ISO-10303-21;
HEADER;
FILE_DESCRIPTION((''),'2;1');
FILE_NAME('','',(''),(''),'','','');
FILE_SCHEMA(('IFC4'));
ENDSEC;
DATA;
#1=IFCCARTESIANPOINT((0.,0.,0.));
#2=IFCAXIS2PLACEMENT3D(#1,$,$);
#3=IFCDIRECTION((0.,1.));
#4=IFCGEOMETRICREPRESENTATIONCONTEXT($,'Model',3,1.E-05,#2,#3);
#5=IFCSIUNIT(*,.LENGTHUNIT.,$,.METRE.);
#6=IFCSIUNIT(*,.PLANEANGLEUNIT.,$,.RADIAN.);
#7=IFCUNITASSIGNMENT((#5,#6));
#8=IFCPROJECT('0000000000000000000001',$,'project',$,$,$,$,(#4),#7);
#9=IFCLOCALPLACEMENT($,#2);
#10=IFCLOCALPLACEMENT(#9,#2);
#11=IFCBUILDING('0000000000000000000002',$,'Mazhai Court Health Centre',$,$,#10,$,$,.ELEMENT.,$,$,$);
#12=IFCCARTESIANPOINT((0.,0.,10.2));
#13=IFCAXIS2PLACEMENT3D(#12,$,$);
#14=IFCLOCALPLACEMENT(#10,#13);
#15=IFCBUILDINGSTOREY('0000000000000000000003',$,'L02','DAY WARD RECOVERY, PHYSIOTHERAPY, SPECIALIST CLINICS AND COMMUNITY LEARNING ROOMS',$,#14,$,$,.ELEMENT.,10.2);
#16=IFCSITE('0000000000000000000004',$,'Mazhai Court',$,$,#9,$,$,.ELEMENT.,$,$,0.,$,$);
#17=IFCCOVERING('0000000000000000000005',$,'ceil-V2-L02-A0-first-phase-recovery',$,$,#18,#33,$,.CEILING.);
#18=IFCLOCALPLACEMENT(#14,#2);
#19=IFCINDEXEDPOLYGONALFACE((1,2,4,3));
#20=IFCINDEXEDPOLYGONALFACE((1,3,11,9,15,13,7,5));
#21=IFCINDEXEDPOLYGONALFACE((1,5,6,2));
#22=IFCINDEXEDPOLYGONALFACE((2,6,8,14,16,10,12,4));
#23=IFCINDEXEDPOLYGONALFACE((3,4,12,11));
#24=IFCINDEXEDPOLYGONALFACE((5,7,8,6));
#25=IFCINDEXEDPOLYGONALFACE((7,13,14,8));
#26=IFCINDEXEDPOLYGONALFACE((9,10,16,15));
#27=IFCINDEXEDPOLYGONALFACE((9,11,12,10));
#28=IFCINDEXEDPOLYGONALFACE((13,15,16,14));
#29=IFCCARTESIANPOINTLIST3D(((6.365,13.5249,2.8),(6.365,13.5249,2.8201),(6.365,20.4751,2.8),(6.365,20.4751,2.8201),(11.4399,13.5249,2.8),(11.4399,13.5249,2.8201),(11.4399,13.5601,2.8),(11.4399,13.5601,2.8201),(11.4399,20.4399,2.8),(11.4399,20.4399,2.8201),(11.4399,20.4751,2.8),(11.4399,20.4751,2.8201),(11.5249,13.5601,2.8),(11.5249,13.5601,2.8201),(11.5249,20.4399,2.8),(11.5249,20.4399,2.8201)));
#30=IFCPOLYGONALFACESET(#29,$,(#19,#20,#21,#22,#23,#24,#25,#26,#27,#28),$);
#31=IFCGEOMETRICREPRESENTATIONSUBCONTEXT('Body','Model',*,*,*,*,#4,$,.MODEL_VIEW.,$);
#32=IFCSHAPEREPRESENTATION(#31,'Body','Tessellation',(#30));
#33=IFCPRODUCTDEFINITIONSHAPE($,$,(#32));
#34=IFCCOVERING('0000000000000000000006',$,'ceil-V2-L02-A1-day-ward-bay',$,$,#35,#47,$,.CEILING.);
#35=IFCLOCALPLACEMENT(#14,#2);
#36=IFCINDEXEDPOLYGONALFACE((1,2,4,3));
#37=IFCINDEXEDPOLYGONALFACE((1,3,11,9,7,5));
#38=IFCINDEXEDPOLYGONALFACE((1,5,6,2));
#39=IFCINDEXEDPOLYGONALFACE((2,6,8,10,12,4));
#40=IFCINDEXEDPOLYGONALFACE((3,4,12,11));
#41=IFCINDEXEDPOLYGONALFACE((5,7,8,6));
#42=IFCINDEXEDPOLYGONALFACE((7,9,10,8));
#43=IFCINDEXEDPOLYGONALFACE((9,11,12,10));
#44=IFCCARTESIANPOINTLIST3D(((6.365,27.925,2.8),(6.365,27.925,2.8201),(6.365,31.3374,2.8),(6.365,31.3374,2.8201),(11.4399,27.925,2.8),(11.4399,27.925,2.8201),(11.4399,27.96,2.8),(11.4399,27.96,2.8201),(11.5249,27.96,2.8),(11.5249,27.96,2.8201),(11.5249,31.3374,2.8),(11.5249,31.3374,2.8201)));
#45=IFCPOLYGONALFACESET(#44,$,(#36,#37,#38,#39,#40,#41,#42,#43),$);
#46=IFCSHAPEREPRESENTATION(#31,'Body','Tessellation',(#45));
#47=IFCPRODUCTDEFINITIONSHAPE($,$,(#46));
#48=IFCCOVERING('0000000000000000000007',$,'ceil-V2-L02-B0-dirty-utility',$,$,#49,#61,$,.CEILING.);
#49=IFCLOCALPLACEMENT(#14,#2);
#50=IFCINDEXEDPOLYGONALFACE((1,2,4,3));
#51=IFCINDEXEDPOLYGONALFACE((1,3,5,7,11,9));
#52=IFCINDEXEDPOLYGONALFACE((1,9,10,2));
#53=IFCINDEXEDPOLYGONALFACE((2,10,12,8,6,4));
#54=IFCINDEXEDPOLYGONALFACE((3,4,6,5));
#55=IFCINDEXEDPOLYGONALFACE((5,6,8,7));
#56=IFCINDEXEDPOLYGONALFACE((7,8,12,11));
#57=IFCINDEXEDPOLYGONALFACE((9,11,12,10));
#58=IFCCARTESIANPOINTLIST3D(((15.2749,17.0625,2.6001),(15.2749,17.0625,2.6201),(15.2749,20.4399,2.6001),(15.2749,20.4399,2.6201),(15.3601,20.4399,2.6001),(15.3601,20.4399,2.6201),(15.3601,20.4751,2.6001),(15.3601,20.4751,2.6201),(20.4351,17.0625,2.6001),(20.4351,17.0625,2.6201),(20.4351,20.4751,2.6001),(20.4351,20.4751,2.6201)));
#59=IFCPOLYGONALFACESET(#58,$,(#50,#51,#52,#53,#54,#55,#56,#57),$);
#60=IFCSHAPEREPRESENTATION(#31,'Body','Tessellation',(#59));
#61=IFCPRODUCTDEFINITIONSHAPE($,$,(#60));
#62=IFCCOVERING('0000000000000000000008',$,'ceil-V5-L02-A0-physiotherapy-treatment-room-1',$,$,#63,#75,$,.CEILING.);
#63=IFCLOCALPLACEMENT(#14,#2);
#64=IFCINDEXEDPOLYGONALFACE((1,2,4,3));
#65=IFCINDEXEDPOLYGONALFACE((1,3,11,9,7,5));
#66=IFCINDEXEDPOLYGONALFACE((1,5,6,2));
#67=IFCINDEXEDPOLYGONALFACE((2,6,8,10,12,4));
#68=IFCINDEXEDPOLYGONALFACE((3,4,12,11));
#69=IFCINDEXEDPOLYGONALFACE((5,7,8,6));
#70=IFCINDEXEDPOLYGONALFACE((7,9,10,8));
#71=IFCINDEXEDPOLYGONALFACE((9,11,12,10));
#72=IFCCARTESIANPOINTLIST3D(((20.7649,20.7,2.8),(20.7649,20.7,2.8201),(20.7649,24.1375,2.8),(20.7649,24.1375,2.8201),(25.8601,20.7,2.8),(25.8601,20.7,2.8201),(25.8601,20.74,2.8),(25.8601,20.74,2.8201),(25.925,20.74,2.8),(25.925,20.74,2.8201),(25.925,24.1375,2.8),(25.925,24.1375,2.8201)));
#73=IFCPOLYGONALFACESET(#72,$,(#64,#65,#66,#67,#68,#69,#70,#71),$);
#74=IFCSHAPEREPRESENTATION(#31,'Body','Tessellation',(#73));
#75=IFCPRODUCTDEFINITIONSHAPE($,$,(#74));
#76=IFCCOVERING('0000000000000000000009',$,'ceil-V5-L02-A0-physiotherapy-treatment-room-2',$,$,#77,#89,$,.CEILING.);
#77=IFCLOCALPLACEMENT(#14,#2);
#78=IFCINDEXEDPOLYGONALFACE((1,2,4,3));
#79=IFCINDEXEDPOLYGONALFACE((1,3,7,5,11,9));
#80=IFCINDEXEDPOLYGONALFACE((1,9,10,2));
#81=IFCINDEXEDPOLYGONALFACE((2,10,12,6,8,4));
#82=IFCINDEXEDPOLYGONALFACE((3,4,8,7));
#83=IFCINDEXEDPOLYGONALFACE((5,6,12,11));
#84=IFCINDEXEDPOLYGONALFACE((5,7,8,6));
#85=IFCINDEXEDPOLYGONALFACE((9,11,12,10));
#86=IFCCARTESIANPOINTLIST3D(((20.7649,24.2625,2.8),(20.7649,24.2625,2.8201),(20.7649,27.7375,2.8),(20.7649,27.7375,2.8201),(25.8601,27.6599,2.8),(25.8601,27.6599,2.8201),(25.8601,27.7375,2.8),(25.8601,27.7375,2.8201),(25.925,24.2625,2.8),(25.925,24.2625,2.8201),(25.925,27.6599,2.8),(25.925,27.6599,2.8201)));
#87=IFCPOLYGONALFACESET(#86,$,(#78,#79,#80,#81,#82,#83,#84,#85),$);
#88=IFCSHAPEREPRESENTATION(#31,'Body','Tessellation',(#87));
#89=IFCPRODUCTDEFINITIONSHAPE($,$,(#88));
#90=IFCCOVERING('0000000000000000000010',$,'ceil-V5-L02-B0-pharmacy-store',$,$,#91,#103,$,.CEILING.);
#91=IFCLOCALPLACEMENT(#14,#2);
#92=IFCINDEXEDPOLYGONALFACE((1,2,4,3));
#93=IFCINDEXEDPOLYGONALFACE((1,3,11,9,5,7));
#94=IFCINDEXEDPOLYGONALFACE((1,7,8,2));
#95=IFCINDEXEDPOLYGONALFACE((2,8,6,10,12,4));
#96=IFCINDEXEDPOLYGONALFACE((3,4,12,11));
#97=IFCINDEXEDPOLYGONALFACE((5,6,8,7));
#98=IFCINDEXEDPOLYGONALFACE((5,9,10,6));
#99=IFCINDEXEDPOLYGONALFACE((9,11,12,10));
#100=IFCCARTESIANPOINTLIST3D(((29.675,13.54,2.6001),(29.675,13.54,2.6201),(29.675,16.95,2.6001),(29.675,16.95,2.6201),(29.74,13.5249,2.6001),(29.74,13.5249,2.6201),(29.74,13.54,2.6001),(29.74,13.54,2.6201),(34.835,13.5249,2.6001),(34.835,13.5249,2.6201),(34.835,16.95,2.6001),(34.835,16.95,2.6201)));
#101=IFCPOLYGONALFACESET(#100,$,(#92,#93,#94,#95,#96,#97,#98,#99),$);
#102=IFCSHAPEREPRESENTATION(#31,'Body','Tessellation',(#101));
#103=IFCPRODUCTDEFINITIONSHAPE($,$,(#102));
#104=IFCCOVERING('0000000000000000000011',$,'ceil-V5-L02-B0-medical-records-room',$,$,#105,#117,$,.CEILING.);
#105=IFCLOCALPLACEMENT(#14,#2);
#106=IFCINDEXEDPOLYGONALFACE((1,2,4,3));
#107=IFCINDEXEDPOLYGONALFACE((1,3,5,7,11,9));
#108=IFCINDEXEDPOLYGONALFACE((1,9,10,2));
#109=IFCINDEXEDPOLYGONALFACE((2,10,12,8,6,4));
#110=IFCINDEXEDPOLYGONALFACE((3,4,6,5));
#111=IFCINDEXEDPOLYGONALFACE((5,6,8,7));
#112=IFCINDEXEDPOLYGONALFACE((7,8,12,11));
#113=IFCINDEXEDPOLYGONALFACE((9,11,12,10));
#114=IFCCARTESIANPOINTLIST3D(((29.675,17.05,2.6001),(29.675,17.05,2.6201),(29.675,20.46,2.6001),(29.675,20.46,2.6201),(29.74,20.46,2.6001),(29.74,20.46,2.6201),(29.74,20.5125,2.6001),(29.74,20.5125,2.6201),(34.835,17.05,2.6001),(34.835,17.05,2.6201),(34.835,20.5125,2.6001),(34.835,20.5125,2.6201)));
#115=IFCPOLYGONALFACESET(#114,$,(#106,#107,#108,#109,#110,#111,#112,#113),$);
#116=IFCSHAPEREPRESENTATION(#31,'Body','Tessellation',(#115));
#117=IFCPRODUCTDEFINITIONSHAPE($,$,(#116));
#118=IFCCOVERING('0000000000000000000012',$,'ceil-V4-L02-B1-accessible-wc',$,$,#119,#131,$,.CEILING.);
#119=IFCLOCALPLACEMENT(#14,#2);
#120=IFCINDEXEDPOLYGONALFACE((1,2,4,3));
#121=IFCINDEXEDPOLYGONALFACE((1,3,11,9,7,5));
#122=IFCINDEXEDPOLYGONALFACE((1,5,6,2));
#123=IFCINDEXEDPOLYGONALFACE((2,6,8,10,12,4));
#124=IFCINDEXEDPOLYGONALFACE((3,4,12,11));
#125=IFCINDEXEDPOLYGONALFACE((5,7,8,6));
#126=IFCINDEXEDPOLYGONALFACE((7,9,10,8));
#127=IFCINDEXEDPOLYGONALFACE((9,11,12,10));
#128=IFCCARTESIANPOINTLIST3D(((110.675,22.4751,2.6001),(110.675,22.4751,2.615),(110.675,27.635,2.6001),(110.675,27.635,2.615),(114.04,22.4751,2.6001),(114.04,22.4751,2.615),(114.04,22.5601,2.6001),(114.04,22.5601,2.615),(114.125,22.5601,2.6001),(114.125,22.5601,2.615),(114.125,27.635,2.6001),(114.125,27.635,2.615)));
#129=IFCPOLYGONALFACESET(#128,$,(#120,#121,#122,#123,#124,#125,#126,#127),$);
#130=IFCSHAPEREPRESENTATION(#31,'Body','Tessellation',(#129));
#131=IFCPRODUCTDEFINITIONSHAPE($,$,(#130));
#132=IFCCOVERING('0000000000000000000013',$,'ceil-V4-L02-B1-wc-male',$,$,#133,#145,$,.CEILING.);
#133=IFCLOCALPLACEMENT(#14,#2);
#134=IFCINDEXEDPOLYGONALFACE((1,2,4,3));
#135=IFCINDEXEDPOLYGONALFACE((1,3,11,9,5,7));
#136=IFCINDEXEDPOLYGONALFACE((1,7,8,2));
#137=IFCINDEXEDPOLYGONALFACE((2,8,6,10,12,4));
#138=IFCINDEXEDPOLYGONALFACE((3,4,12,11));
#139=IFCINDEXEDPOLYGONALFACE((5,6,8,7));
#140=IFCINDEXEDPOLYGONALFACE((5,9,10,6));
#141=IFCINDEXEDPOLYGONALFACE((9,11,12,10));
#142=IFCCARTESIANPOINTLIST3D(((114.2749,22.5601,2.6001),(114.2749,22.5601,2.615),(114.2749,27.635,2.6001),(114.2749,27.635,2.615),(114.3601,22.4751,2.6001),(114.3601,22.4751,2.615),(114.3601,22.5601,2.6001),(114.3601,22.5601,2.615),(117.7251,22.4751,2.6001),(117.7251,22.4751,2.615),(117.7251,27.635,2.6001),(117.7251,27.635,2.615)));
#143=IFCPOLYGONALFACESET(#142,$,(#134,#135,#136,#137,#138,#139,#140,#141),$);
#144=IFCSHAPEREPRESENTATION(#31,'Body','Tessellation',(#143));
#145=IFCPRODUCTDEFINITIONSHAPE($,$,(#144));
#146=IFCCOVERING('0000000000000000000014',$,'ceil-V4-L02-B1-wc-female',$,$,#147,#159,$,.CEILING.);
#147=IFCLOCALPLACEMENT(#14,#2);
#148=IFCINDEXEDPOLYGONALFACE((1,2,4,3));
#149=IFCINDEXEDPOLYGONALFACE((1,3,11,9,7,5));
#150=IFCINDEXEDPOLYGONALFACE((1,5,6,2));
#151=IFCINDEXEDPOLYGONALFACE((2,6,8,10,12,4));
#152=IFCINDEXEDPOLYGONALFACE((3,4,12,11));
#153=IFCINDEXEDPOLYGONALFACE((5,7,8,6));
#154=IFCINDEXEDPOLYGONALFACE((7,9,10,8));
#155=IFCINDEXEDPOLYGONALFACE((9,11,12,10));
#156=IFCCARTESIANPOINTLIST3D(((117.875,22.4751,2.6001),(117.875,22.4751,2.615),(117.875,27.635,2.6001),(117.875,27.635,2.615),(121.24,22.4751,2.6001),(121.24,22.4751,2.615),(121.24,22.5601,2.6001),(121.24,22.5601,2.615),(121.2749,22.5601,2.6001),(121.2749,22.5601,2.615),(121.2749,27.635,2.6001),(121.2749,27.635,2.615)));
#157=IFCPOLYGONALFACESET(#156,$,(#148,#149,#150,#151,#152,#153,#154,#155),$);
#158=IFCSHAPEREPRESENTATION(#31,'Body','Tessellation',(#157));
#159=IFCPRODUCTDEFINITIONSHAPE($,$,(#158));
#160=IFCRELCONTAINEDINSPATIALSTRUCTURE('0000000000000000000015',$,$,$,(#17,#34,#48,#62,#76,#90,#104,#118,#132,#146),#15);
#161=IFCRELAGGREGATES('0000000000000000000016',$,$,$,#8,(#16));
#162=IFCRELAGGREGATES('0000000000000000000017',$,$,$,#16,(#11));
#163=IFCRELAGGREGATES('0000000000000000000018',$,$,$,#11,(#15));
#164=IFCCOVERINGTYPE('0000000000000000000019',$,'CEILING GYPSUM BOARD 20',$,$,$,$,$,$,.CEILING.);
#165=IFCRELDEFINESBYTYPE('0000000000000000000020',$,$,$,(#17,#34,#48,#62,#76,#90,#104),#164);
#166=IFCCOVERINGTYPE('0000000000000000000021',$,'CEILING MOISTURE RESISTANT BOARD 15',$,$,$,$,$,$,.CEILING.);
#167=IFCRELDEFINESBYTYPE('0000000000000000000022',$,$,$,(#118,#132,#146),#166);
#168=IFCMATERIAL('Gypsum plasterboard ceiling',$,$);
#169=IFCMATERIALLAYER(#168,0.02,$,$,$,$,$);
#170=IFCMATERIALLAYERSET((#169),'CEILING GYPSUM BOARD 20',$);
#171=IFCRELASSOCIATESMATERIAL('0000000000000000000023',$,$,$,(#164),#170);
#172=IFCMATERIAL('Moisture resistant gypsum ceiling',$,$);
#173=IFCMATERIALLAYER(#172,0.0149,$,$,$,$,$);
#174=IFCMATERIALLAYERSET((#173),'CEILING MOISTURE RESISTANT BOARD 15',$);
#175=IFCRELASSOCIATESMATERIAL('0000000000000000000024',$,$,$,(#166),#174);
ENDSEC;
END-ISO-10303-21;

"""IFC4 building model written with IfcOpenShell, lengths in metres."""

from ifc_helpers import new_model, si_unit, direction, frame, origin, place, context, subcontext, project, spatial, polyline, outline, extrude, material, layer, layer_set, type_object, element, save


model = new_model("IFC4")

# Units and contexts
model_context = context("Model", 3, precision=1e-05, world=origin(), true_north=direction((0.0, 1.0)))
body_context = subcontext(model_context, "Body", "Model", "MODEL_VIEW")
ifc_project = project(units=[si_unit("LENGTHUNIT", "METRE"), si_unit("PLANEANGLEUNIT", "RADIAN")], contexts=[model_context])

# Site, building, storey
site_placement = place(None, origin())
site = spatial("IfcSite", under=ifc_project, at=site_placement, Name="Mazhai Court", CompositionType="ELEMENT", RefElevation=0.0)
building_placement = place(site_placement, origin())
building = spatial("IfcBuilding", under=site, at=building_placement, Name="Mazhai Court Health Centre", CompositionType="ELEMENT")
storey_placement = place(building_placement, frame((0.0, 0.0, 10.2)))
storey = spatial("IfcBuildingStorey", under=building, at=storey_placement, Name="L02", Description="DAY WARD RECOVERY, PHYSIOTHERAPY, SPECIALIST CLINICS AND COMMUNITY LEARNING ROOMS", CompositionType="ELEMENT", Elevation=10.2)

# Coverings
ifc_material_1 = material(Name="Gypsum plasterboard ceiling")
ifc_layer_1 = layer(ifc_material_1, 0.02)
ifc_layer_set_1 = layer_set([ifc_layer_1], Name="CEILING GYPSUM BOARD 20")
covering_type_1 = type_object("IfcCoveringType", Name="CEILING GYPSUM BOARD 20", PredefinedType="CEILING", material=ifc_layer_set_1)
covering_1_placement = place(storey_placement, frame((0.0, 0.0, 2.8)))
element("IfcCovering", 1, at=covering_1_placement, inside=storey, type_object=covering_type_1, Name="ceil-V2-L02-A0-first-phase-recovery", PredefinedType="CEILING", context=body_context, shape_type="SweptSolid", body=[
    extrude(outline(polyline([(11.5249, 20.4399), (11.4399, 20.4399), (11.4399, 20.4751), (6.365, 20.4751), (6.365, 13.5249), (11.4399, 13.5249), (11.4399, 13.5601), (11.5249, 13.5601), (11.5249, 20.4399)])), origin(), (0.0, 0.0, 1.0), 0.02),
])
covering_2_placement = place(storey_placement, frame((0.0, 0.0, 2.8)))
element("IfcCovering", 2, at=covering_2_placement, inside=storey, type_object=covering_type_1, Name="ceil-V2-L02-A1-day-ward-bay", PredefinedType="CEILING", context=body_context, shape_type="SweptSolid", body=[
    extrude(outline(polyline([(11.4399, 27.925), (11.4399, 27.96), (11.5249, 27.96), (11.5249, 31.3374), (6.365, 31.3374), (6.365, 27.925), (11.4399, 27.925)])), origin(), (0.0, 0.0, 1.0), 0.02),
])
covering_3_placement = place(storey_placement, frame((0.0, 0.0, 2.6001)))
element("IfcCovering", 3, at=covering_3_placement, inside=storey, type_object=covering_type_1, Name="ceil-V2-L02-B0-dirty-utility", PredefinedType="CEILING", context=body_context, shape_type="SweptSolid", body=[
    extrude(outline(polyline([(15.3601, 20.4751), (15.3601, 20.4399), (15.2749, 20.4399), (15.2749, 17.0625), (20.4351, 17.0625), (20.4351, 20.4751), (15.3601, 20.4751)])), origin(), (0.0, 0.0, 1.0), 0.02),
])
covering_4_placement = place(storey_placement, frame((0.0, 0.0, 2.8)))
element("IfcCovering", 4, at=covering_4_placement, inside=storey, type_object=covering_type_1, Name="ceil-V5-L02-A0-physiotherapy-treatment-room-1", PredefinedType="CEILING", context=body_context, shape_type="SweptSolid", body=[
    extrude(outline(polyline([(25.8601, 20.7), (25.8601, 20.74), (25.925, 20.74), (25.925, 24.1375), (20.7649, 24.1375), (20.7649, 20.7), (25.8601, 20.7)])), origin(), (0.0, 0.0, 1.0), 0.02),
])
covering_5_placement = place(storey_placement, frame((0.0, 0.0, 2.8)))
element("IfcCovering", 5, at=covering_5_placement, inside=storey, type_object=covering_type_1, Name="ceil-V5-L02-A0-physiotherapy-treatment-room-2", PredefinedType="CEILING", context=body_context, shape_type="SweptSolid", body=[
    extrude(outline(polyline([(25.925, 27.6599), (25.8601, 27.6599), (25.8601, 27.7375), (20.7649, 27.7375), (20.7649, 24.2625), (25.925, 24.2625), (25.925, 27.6599)])), origin(), (0.0, 0.0, 1.0), 0.02),
])
covering_6_placement = place(storey_placement, frame((0.0, 0.0, 2.6001)))
element("IfcCovering", 6, at=covering_6_placement, inside=storey, type_object=covering_type_1, Name="ceil-V5-L02-B0-pharmacy-store", PredefinedType="CEILING", context=body_context, shape_type="SweptSolid", body=[
    extrude(outline(polyline([(29.675, 13.54), (29.74, 13.54), (29.74, 13.5249), (34.835, 13.5249), (34.835, 16.95), (29.675, 16.95), (29.675, 13.54)])), origin(), (0.0, 0.0, 1.0), 0.02),
])
covering_7_placement = place(storey_placement, frame((0.0, 0.0, 2.6001)))
element("IfcCovering", 7, at=covering_7_placement, inside=storey, type_object=covering_type_1, Name="ceil-V5-L02-B0-medical-records-room", PredefinedType="CEILING", context=body_context, shape_type="SweptSolid", body=[
    extrude(outline(polyline([(29.74, 20.5125), (29.74, 20.46), (29.675, 20.46), (29.675, 17.05), (34.835, 17.05), (34.835, 20.5125), (29.74, 20.5125)])), origin(), (0.0, 0.0, 1.0), 0.02),
])
ifc_material_2 = material(Name="Moisture resistant gypsum ceiling")
ifc_layer_2 = layer(ifc_material_2, 0.0149)
ifc_layer_set_2 = layer_set([ifc_layer_2], Name="CEILING MOISTURE RESISTANT BOARD 15")
covering_type_2 = type_object("IfcCoveringType", Name="CEILING MOISTURE RESISTANT BOARD 15", PredefinedType="CEILING", material=ifc_layer_set_2)
covering_8_placement = place(storey_placement, frame((0.0, 0.0, 2.6001)))
element("IfcCovering", 8, at=covering_8_placement, inside=storey, type_object=covering_type_2, Name="ceil-V4-L02-B1-accessible-wc", PredefinedType="CEILING", context=body_context, shape_type="SweptSolid", body=[
    extrude(outline(polyline([(114.04, 22.4751), (114.04, 22.5601), (114.125, 22.5601), (114.125, 27.635), (110.675, 27.635), (110.675, 22.4751), (114.04, 22.4751)])), origin(), (0.0, 0.0, 1.0), 0.0149),
])
covering_9_placement = place(storey_placement, frame((0.0, 0.0, 2.6001)))
element("IfcCovering", 9, at=covering_9_placement, inside=storey, type_object=covering_type_2, Name="ceil-V4-L02-B1-wc-male", PredefinedType="CEILING", context=body_context, shape_type="SweptSolid", body=[
    extrude(outline(polyline([(114.2749, 22.5601), (114.3601, 22.5601), (114.3601, 22.4751), (117.7251, 22.4751), (117.7251, 27.635), (114.2749, 27.635), (114.2749, 22.5601)])), origin(), (0.0, 0.0, 1.0), 0.0149),
])
covering_10_placement = place(storey_placement, frame((0.0, 0.0, 2.6001)))
element("IfcCovering", 10, at=covering_10_placement, inside=storey, type_object=covering_type_2, Name="ceil-V4-L02-B1-wc-female", PredefinedType="CEILING", context=body_context, shape_type="SweptSolid", body=[
    extrude(outline(polyline([(121.24, 22.4751), (121.24, 22.5601), (121.2749, 22.5601), (121.2749, 27.635), (117.875, 27.635), (117.875, 22.4751), (121.24, 22.4751)])), origin(), (0.0, 0.0, 1.0), 0.0149),
])

save(model, "model.ifc")
